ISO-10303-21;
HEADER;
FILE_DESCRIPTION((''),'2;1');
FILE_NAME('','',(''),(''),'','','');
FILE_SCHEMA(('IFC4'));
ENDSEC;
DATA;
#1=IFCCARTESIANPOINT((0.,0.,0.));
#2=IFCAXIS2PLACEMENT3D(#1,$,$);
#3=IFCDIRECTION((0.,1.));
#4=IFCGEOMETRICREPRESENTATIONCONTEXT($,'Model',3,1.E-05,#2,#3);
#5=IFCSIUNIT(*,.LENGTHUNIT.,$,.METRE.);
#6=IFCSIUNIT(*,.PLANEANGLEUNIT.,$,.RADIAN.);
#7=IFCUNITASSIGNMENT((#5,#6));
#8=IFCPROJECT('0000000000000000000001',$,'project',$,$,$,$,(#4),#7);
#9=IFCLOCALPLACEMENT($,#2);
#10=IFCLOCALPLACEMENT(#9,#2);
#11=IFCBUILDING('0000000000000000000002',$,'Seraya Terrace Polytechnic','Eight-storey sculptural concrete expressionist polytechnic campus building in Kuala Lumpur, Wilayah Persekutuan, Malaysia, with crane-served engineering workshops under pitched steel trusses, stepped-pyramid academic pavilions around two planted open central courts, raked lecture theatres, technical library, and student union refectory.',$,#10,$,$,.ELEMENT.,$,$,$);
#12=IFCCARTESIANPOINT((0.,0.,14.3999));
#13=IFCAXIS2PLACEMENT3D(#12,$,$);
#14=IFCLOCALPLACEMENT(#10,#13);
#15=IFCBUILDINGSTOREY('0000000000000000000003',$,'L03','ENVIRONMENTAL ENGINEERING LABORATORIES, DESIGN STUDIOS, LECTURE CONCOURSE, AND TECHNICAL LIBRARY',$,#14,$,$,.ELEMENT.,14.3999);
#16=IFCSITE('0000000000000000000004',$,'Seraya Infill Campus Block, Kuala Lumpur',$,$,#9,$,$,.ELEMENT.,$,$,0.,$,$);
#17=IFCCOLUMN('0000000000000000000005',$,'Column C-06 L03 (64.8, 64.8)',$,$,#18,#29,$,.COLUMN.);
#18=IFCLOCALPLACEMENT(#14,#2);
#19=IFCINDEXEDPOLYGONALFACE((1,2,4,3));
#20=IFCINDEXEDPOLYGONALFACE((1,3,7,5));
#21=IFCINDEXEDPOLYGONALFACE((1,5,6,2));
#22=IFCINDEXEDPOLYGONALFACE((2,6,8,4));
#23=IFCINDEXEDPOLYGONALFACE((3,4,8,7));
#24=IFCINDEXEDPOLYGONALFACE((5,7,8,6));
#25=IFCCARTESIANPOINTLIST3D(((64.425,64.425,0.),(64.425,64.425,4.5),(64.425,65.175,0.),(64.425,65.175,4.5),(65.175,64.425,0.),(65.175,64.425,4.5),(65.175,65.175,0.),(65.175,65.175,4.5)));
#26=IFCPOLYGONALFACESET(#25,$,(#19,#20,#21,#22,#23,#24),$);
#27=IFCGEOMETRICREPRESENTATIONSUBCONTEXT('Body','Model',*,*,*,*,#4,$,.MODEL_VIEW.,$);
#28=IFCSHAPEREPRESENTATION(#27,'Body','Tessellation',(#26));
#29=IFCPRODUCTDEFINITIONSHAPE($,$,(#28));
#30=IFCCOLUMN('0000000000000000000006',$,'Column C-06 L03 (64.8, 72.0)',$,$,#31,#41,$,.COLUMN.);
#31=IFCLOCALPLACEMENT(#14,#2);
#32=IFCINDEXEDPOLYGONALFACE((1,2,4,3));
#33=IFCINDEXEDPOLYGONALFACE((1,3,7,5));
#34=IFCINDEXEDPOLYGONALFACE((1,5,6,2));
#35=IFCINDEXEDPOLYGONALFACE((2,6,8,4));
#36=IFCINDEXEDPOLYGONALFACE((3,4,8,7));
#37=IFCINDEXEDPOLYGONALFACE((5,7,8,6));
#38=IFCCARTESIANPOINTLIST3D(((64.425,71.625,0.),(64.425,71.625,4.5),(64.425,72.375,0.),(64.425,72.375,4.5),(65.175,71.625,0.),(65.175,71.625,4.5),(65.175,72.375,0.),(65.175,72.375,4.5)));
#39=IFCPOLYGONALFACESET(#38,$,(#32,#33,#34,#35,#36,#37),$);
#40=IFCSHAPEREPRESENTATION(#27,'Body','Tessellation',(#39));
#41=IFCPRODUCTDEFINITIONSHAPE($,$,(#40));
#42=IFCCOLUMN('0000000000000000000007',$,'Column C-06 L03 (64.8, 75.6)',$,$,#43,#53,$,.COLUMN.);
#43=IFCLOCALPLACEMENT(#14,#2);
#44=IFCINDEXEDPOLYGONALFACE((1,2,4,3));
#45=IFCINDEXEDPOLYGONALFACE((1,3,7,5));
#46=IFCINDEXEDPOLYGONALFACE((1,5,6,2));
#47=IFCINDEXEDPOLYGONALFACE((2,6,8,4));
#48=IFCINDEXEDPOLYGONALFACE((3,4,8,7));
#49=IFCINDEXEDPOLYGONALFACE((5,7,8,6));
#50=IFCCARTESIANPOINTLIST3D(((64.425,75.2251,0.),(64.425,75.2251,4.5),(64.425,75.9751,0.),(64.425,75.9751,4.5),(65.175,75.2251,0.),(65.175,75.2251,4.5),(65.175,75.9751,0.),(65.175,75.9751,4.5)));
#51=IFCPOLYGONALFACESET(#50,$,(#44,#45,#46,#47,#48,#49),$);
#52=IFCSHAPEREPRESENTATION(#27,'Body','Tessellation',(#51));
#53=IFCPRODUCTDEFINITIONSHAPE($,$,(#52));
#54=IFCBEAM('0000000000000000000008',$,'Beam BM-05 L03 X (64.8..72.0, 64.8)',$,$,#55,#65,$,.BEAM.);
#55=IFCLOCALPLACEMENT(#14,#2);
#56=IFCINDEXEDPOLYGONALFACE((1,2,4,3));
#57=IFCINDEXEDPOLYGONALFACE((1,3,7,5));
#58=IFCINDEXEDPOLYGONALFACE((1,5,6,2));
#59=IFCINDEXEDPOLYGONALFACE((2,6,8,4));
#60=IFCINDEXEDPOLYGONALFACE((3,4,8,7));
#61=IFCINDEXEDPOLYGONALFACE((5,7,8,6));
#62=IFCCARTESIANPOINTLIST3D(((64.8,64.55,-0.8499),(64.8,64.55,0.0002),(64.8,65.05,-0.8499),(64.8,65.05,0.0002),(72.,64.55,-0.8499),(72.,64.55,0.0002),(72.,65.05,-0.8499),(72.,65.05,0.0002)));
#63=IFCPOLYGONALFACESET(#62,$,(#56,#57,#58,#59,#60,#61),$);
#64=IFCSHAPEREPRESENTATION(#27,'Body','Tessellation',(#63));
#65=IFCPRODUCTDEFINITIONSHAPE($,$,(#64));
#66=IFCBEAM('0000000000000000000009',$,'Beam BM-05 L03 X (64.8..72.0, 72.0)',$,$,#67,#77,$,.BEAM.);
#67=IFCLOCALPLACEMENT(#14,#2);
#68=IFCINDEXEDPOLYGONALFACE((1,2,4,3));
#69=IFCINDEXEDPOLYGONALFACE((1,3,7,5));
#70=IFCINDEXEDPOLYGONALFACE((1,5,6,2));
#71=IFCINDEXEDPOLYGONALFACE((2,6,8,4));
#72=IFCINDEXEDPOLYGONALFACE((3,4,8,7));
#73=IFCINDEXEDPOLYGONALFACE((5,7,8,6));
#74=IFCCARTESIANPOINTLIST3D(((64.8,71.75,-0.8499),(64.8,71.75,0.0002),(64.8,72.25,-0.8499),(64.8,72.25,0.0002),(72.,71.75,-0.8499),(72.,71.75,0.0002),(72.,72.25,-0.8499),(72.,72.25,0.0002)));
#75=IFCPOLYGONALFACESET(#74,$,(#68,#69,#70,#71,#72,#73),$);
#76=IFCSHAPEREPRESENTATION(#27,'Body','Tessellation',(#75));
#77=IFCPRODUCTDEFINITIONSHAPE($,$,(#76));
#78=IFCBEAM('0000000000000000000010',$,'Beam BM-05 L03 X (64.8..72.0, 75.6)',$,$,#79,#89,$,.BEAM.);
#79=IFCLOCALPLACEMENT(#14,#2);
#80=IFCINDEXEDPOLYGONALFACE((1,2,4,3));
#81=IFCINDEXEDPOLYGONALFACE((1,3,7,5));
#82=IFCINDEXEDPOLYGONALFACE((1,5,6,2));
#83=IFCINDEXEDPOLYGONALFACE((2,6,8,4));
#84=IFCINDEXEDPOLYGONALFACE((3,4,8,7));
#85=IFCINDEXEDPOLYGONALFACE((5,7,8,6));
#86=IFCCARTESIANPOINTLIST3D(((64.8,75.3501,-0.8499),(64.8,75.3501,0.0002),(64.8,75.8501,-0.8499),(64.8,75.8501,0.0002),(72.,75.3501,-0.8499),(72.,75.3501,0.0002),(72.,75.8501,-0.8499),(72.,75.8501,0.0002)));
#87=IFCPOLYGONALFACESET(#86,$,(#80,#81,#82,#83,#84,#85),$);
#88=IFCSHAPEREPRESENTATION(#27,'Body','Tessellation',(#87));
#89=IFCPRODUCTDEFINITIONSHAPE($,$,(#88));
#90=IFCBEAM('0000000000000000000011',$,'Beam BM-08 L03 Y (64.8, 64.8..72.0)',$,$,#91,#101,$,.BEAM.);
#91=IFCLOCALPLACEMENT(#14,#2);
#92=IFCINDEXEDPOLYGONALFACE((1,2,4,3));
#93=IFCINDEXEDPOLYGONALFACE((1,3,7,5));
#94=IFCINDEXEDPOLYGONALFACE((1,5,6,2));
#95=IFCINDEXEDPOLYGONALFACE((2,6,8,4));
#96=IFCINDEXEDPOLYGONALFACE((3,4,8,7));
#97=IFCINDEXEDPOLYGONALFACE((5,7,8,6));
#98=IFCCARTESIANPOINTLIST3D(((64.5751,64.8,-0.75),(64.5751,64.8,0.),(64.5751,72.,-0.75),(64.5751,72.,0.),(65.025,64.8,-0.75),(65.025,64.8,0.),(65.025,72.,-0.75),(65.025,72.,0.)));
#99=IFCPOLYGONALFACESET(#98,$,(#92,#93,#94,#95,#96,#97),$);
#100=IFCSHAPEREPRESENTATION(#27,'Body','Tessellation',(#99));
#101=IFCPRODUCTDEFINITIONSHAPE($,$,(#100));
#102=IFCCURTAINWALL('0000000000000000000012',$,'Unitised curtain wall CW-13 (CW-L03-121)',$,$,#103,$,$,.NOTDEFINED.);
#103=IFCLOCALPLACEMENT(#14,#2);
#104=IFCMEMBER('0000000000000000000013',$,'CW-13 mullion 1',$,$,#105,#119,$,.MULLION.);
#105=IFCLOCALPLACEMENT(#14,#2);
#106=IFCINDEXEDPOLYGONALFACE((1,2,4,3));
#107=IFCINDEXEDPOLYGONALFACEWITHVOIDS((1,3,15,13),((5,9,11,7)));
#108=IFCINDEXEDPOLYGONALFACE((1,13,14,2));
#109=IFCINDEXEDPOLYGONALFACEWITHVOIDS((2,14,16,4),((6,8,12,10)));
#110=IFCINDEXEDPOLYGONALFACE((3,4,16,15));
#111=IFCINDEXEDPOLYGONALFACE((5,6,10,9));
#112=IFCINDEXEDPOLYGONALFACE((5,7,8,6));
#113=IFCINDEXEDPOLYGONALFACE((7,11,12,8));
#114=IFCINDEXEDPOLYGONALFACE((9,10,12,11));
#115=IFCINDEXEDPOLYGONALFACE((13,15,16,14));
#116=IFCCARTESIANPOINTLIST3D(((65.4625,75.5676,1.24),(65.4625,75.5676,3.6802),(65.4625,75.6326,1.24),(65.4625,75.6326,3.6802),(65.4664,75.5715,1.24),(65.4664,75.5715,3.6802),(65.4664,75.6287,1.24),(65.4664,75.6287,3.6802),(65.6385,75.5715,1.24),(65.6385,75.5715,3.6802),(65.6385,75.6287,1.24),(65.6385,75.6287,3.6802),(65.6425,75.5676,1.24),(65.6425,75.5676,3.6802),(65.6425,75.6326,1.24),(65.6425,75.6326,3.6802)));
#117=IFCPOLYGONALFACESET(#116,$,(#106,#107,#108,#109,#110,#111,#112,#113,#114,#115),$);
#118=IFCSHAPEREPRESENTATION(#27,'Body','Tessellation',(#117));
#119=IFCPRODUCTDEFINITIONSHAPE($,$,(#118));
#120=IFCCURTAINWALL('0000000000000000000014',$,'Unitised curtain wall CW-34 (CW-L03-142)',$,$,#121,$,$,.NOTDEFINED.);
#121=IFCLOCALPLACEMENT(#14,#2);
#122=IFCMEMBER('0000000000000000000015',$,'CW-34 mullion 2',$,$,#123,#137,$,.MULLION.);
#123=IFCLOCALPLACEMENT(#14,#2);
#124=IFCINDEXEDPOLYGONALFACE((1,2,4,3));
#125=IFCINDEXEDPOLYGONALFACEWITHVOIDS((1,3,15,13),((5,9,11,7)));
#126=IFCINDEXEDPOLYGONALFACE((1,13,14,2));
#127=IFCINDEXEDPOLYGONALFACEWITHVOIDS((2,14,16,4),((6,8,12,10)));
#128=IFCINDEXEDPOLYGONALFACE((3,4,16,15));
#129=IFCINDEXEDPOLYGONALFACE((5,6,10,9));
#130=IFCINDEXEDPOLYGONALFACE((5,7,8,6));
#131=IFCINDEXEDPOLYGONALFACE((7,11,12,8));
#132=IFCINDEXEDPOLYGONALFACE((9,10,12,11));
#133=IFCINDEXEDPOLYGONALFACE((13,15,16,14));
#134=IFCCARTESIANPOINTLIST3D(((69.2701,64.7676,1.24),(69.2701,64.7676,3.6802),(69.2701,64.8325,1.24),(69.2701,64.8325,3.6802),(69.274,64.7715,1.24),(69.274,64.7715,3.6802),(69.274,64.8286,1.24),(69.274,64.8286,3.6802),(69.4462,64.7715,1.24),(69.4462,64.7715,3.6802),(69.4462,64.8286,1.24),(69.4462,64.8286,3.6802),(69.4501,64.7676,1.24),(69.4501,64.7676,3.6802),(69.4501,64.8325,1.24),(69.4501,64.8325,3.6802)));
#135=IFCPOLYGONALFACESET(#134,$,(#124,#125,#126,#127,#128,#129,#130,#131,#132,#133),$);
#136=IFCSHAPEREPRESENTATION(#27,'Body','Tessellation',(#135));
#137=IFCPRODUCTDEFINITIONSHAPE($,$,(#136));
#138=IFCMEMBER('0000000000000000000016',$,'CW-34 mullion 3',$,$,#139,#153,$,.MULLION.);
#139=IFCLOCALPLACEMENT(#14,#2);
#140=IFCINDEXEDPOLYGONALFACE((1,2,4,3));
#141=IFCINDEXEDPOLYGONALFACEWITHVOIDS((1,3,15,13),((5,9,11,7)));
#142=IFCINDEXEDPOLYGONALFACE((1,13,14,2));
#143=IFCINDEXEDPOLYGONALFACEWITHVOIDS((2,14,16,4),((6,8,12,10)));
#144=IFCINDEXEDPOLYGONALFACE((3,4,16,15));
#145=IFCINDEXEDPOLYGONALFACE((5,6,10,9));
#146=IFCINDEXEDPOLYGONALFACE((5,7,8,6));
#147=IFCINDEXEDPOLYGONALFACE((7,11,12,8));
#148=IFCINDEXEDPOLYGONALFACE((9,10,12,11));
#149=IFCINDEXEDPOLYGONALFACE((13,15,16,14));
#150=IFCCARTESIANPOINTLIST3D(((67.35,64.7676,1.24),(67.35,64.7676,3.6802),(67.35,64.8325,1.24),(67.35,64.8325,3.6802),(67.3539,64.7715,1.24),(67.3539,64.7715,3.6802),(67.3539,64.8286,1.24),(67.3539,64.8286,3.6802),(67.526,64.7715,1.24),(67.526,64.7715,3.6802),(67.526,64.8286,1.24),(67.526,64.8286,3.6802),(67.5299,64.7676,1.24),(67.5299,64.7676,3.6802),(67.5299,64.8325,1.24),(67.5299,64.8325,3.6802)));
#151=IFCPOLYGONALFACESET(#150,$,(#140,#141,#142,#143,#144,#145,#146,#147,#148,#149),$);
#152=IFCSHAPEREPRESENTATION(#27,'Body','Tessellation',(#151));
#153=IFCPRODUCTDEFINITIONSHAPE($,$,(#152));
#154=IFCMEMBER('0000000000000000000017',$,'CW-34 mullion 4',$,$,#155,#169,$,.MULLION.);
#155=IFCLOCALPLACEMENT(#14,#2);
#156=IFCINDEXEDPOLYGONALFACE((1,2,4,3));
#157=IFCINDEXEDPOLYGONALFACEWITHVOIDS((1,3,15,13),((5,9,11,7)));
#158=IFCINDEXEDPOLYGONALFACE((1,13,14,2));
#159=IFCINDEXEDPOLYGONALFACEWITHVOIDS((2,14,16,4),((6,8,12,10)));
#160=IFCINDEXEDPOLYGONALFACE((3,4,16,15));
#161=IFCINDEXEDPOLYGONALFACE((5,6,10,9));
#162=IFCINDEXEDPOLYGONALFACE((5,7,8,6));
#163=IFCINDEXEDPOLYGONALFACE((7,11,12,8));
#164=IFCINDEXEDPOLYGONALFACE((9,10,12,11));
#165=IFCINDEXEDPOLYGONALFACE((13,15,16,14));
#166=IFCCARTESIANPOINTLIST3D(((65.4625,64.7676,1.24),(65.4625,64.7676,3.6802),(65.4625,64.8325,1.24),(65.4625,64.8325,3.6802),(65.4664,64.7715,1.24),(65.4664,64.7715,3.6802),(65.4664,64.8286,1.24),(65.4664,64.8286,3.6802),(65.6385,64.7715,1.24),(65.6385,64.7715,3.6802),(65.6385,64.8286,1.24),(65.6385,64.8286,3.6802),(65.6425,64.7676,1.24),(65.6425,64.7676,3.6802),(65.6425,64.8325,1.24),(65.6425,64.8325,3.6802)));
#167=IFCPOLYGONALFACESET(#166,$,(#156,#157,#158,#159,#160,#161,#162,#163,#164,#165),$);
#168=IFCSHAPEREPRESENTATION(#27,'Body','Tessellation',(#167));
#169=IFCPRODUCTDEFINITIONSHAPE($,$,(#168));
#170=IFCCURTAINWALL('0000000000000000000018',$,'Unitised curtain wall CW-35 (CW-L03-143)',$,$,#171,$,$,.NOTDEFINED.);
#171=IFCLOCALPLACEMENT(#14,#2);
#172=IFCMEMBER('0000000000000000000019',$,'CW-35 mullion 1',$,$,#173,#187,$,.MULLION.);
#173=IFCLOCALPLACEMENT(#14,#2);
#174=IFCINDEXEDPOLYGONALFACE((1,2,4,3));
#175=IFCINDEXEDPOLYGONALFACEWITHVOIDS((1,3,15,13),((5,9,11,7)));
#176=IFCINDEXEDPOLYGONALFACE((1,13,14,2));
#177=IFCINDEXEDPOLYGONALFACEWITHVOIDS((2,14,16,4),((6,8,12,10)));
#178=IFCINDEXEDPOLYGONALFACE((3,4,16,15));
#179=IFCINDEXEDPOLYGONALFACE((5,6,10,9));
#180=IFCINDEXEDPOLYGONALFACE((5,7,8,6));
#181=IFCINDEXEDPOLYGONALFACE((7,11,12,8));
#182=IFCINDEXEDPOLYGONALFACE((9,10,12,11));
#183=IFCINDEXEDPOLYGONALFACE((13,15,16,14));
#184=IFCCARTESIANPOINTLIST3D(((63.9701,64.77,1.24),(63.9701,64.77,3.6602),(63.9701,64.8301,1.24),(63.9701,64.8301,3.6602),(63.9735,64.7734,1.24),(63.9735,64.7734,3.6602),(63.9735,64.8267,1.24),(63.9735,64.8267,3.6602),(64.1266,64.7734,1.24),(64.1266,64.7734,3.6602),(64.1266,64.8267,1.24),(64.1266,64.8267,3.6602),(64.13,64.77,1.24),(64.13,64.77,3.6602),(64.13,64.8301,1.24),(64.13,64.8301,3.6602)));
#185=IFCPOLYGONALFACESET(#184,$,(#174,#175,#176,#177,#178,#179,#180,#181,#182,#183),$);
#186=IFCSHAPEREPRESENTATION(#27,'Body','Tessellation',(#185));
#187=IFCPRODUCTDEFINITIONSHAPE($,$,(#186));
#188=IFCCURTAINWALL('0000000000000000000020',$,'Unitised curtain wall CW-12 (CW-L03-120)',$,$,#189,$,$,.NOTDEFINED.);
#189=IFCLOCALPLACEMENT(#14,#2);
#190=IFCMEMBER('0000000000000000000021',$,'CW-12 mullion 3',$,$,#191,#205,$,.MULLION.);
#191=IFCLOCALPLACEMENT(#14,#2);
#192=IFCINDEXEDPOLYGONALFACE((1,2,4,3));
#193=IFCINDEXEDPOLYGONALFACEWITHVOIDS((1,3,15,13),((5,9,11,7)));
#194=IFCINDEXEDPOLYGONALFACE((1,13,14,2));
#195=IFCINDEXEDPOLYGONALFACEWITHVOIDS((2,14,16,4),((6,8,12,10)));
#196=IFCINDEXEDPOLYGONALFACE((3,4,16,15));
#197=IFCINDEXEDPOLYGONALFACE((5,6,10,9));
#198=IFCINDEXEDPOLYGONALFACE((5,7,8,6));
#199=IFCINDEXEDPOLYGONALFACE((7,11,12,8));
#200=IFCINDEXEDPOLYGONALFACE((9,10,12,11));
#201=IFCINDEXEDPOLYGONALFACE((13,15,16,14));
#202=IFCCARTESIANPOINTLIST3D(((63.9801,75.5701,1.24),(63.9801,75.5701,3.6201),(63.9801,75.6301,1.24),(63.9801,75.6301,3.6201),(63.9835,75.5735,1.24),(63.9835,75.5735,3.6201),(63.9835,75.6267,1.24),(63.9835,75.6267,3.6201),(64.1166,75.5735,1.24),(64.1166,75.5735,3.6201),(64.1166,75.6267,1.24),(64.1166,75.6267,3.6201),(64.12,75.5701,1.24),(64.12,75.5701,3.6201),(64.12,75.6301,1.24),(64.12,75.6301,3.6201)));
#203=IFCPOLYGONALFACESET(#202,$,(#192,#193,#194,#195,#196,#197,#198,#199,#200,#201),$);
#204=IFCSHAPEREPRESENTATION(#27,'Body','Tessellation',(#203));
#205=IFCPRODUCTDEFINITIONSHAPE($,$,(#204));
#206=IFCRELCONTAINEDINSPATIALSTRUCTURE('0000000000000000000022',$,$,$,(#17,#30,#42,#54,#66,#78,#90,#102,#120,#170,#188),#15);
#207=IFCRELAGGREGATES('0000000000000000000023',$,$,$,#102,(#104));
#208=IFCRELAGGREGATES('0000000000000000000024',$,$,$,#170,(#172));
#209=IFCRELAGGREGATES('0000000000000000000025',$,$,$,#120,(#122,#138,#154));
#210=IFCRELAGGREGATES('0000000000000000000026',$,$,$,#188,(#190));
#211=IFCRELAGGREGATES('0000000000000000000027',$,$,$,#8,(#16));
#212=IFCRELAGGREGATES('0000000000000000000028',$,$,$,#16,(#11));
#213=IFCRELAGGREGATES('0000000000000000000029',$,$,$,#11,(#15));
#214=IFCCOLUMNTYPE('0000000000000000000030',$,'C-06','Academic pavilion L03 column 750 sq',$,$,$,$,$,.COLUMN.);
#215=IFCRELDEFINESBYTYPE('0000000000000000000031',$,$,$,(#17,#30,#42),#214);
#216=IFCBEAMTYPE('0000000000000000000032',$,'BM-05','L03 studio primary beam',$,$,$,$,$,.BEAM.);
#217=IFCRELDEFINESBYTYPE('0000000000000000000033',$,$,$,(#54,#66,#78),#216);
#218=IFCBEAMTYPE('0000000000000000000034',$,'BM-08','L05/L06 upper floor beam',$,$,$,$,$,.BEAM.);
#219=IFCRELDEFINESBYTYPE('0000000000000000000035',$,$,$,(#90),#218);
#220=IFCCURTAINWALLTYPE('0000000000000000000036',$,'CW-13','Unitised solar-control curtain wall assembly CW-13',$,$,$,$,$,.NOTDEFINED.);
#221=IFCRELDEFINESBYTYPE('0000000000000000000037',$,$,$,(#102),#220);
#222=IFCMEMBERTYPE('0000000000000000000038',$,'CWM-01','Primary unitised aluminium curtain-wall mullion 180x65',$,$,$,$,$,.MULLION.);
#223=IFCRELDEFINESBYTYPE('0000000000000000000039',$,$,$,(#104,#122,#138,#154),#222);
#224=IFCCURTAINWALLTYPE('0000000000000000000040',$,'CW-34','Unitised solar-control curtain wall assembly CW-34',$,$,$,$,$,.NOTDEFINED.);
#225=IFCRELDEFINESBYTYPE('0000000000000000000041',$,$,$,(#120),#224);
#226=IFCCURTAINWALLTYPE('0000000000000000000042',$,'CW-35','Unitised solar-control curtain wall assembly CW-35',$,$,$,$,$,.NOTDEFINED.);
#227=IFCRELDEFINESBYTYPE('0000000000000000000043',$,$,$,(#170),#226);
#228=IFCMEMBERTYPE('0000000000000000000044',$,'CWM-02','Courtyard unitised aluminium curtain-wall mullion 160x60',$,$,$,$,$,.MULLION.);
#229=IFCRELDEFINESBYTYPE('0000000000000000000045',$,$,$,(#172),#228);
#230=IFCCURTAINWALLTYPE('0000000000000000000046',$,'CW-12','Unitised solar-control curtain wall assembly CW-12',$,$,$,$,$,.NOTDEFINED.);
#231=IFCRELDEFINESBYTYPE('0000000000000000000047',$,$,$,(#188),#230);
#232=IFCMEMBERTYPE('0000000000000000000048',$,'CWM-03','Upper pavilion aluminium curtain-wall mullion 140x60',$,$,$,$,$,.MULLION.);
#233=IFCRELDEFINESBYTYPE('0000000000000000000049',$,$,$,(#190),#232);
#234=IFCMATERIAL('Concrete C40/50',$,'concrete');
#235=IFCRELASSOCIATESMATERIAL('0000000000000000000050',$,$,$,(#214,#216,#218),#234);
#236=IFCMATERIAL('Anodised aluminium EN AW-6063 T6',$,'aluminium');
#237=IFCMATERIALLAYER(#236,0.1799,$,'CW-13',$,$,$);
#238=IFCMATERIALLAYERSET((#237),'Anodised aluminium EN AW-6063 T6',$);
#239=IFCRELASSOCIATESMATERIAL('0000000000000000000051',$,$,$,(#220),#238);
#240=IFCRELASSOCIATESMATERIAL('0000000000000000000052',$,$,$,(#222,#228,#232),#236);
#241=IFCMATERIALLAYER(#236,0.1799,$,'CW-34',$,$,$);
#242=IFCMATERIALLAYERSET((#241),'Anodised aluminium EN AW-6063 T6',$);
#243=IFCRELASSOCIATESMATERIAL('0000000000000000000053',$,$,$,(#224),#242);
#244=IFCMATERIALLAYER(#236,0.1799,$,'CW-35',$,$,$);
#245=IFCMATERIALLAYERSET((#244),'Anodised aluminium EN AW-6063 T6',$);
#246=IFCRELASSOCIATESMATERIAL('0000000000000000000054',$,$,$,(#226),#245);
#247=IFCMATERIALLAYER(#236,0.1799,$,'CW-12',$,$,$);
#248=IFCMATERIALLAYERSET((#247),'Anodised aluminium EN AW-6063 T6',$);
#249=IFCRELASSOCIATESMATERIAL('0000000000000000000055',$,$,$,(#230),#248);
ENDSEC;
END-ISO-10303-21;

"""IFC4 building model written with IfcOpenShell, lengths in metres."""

from ifc_helpers import new_model, si_unit, direction, frame, origin, origin_2d, place, context, subcontext, project, spatial, rectangle, hollow_rectangle, extrude, material, layer, layer_set, material_profile, profile_set, type_object, element, aggregate, save


model = new_model("IFC4")

# Units and contexts
model_context = context("Model", 3, precision=1e-05, world=origin(), true_north=direction((0.0, 1.0)))
body_context = subcontext(model_context, "Body", "Model", "MODEL_VIEW")
ifc_project = project(units=[si_unit("LENGTHUNIT", "METRE"), si_unit("PLANEANGLEUNIT", "RADIAN")], contexts=[model_context])

# Site, building, storey
site_placement = place(None, origin())
site = spatial("IfcSite", under=ifc_project, at=site_placement, Name="Seraya Infill Campus Block, Kuala Lumpur", CompositionType="ELEMENT", RefElevation=0.0)
building_placement = place(site_placement, origin())
building = spatial("IfcBuilding", under=site, at=building_placement, Name="Seraya Terrace Polytechnic", Description="Eight-storey sculptural concrete expressionist polytechnic campus building in Kuala Lumpur, Wilayah Persekutuan, Malaysia, with crane-served engineering workshops under pitched steel trusses, stepped-pyramid academic pavilions around two planted open central courts, raked lecture theatres, technical library, and student union refectory.", CompositionType="ELEMENT")
storey_placement = place(building_placement, frame((0.0, 0.0, 14.3999)))
storey = spatial("IfcBuildingStorey", under=building, at=storey_placement, Name="L03", Description="ENVIRONMENTAL ENGINEERING LABORATORIES, DESIGN STUDIOS, LECTURE CONCOURSE, AND TECHNICAL LIBRARY", CompositionType="ELEMENT", Elevation=14.3999)

# Columns
ifc_material_1 = material(Name="Concrete C40/50", Category="concrete")
ifc_material_profile_1 = material_profile(ifc_material_1, rectangle(XDim=0.75, YDim=0.75, at=origin_2d()), Name="RC 750x750")
ifc_profile_set_1 = profile_set([ifc_material_profile_1], Name="Concrete C40/50")
column_type = type_object("IfcColumnType", Name="C-06", Description="Academic pavilion L03 column 750 sq", PredefinedType="COLUMN", material=ifc_profile_set_1)
for number, where, z_axis, x_axis, name in (
    (1, (64.8, 64.8, 0.0), (0.0, 0.0, 1.0), (1.0, 0.0, 0.0), "Column C-06 L03 (64.8, 64.8)"),
    (2, (64.8, 72.0, 0.0), (0.0, 0.0, 1.0), (1.0, 0.0, 0.0), "Column C-06 L03 (64.8, 72.0)"),
    (3, (64.8, 75.6001, 0.0), (0.0, 0.0, 1.0), (1.0, 0.0, 0.0), "Column C-06 L03 (64.8, 75.6)"),
):
    element("IfcColumn", number, at=place(storey_placement, frame(where, z_axis=z_axis, x_axis=x_axis)), inside=storey, type_object=column_type, Name=name, PredefinedType="COLUMN", context=body_context, shape_type="SweptSolid", body=[
        extrude(rectangle(XDim=0.75, YDim=0.75, at=origin_2d()), origin(), (0.0, 0.0, 1.0), 4.5),
    ])

# Beams
ifc_material_profile_2 = material_profile(ifc_material_1, rectangle(XDim=0.5, YDim=0.8501, at=origin_2d()), Name="RC 500x850")
ifc_profile_set_2 = profile_set([ifc_material_profile_2], Name="Concrete C40/50")
beam_type_1 = type_object("IfcBeamType", Name="BM-05", Description="L03 studio primary beam", PredefinedType="BEAM", material=ifc_profile_set_2)
for number, where, z_axis, x_axis, name in (
    (4, (64.8, 64.8, -0.4248), (1.0, 0.0, 0.0), (0.0, 1.0, 0.0), "Beam BM-05 L03 X (64.8..72.0, 64.8)"),
    (5, (64.8, 72.0, -0.4248), (1.0, 0.0, 0.0), (0.0, 1.0, 0.0), "Beam BM-05 L03 X (64.8..72.0, 72.0)"),
    (6, (64.8, 75.6001, -0.4248), (1.0, 0.0, 0.0), (0.0, 1.0, 0.0), "Beam BM-05 L03 X (64.8..72.0, 75.6)"),
):
    element("IfcBeam", number, at=place(storey_placement, frame(where, z_axis=z_axis, x_axis=x_axis)), inside=storey, type_object=beam_type_1, Name=name, PredefinedType="BEAM", context=body_context, shape_type="SweptSolid", body=[
        extrude(rectangle(XDim=0.5, YDim=0.8501, at=origin_2d()), origin(), (0.0, 0.0, 1.0), 7.2),
    ])
ifc_material_profile_3 = material_profile(ifc_material_1, rectangle(XDim=0.45, YDim=0.75, at=origin_2d()), Name="RC 450x750")
ifc_profile_set_3 = profile_set([ifc_material_profile_3], Name="Concrete C40/50")
beam_type_2 = type_object("IfcBeamType", Name="BM-08", Description="L05/L06 upper floor beam", PredefinedType="BEAM", material=ifc_profile_set_3)
beam_1_placement = place(storey_placement, frame((64.8, 64.8, -0.375), z_axis=(0.0, 1.0, 0.0), x_axis=(-1.0, 0.0, 0.0)))
element("IfcBeam", 7, at=beam_1_placement, inside=storey, type_object=beam_type_2, Name="Beam BM-08 L03 Y (64.8, 64.8..72.0)", PredefinedType="BEAM", context=body_context, shape_type="SweptSolid", body=[
    extrude(rectangle(XDim=0.45, YDim=0.75, at=origin_2d()), origin(), (0.0, 0.0, 1.0), 7.2),
])

# Curtain wall, member
ifc_material_2 = material(Name="Anodised aluminium EN AW-6063 T6", Category="aluminium")
ifc_layer_1 = layer(ifc_material_2, 0.1799, Name="CW-13")
ifc_layer_set_1 = layer_set([ifc_layer_1], Name="Anodised aluminium EN AW-6063 T6")
curtain_wall_type_1 = type_object("IfcCurtainWallType", Name="CW-13", Description="Unitised solar-control curtain wall assembly CW-13", PredefinedType="NOTDEFINED", material=ifc_layer_set_1)
curtain_wall_1_placement = place(storey_placement, origin())
curtain_wall_1 = element("IfcCurtainWall", 8, at=curtain_wall_1_placement, inside=storey, type_object=curtain_wall_type_1, Name="Unitised curtain wall CW-13 (CW-L03-121)", PredefinedType="NOTDEFINED")
ifc_material_profile_4 = material_profile(ifc_material_2, hollow_rectangle(XDim=0.0649, YDim=0.1799, WallThickness=0.0039, at=origin_2d()), Name="RHS 180x65x4.0")
ifc_profile_set_4 = profile_set([ifc_material_profile_4], Name="Anodised aluminium EN AW-6063 T6")
member_type_1 = type_object("IfcMemberType", Name="CWM-01", Description="Primary unitised aluminium curtain-wall mullion 180x65", PredefinedType="MULLION", material=ifc_profile_set_4)
member_1_placement = place(storey_placement, frame((65.5525, 75.6001, 1.24), z_axis=(0.0, 0.0, 1.0), x_axis=(0.0, 1.0, 0.0)))
member_1 = element("IfcMember", 9, at=member_1_placement, type_object=member_type_1, Name="CW-13 mullion 1", PredefinedType="MULLION", context=body_context, shape_type="SweptSolid", body=[
    extrude(hollow_rectangle(XDim=0.0649, YDim=0.1799, WallThickness=0.0039, at=origin_2d()), origin(), (0.0, 0.0, 1.0), 2.4402),
])

# Curtain wall, members
ifc_layer_2 = layer(ifc_material_2, 0.1799, Name="CW-34")
ifc_layer_set_2 = layer_set([ifc_layer_2], Name="Anodised aluminium EN AW-6063 T6")
curtain_wall_type_2 = type_object("IfcCurtainWallType", Name="CW-34", Description="Unitised solar-control curtain wall assembly CW-34", PredefinedType="NOTDEFINED", material=ifc_layer_set_2)
curtain_wall_2_placement = place(storey_placement, origin())
curtain_wall_2 = element("IfcCurtainWall", 10, at=curtain_wall_2_placement, inside=storey, type_object=curtain_wall_type_2, Name="Unitised curtain wall CW-34 (CW-L03-142)", PredefinedType="NOTDEFINED")
member_2_placement = place(storey_placement, frame((69.3601, 64.8, 1.24), z_axis=(0.0, 0.0, 1.0), x_axis=(0.0, -1.0, 0.0)))
member_2 = element("IfcMember", 11, at=member_2_placement, type_object=member_type_1, Name="CW-34 mullion 2", PredefinedType="MULLION", context=body_context, shape_type="SweptSolid", body=[
    extrude(hollow_rectangle(XDim=0.0649, YDim=0.1799, WallThickness=0.0039, at=origin_2d()), origin(), (0.0, 0.0, 1.0), 2.4402),
])
member_3_placement = place(storey_placement, frame((67.4399, 64.8, 1.24), z_axis=(0.0, 0.0, 1.0), x_axis=(0.0, -1.0, 0.0)))
member_3 = element("IfcMember", 12, at=member_3_placement, type_object=member_type_1, Name="CW-34 mullion 3", PredefinedType="MULLION", context=body_context, shape_type="SweptSolid", body=[
    extrude(hollow_rectangle(XDim=0.0649, YDim=0.1799, WallThickness=0.0039, at=origin_2d()), origin(), (0.0, 0.0, 1.0), 2.4402),
])
member_4_placement = place(storey_placement, frame((65.5525, 64.8, 1.24), z_axis=(0.0, 0.0, 1.0), x_axis=(0.0, -1.0, 0.0)))
member_4 = element("IfcMember", 13, at=member_4_placement, type_object=member_type_1, Name="CW-34 mullion 4", PredefinedType="MULLION", context=body_context, shape_type="SweptSolid", body=[
    extrude(hollow_rectangle(XDim=0.0649, YDim=0.1799, WallThickness=0.0039, at=origin_2d()), origin(), (0.0, 0.0, 1.0), 2.4402),
])

# Curtain walls, members
ifc_layer_3 = layer(ifc_material_2, 0.1799, Name="CW-35")
ifc_layer_set_3 = layer_set([ifc_layer_3], Name="Anodised aluminium EN AW-6063 T6")
curtain_wall_type_3 = type_object("IfcCurtainWallType", Name="CW-35", Description="Unitised solar-control curtain wall assembly CW-35", PredefinedType="NOTDEFINED", material=ifc_layer_set_3)
curtain_wall_3_placement = place(storey_placement, origin())
curtain_wall_3 = element("IfcCurtainWall", 14, at=curtain_wall_3_placement, inside=storey, type_object=curtain_wall_type_3, Name="Unitised curtain wall CW-35 (CW-L03-143)", PredefinedType="NOTDEFINED")
ifc_material_profile_5 = material_profile(ifc_material_2, hollow_rectangle(XDim=0.0601, YDim=0.1599, WallThickness=0.0034, at=origin_2d()), Name="RHS 160x60x3.5")
ifc_profile_set_5 = profile_set([ifc_material_profile_5], Name="Anodised aluminium EN AW-6063 T6")
member_type_2 = type_object("IfcMemberType", Name="CWM-02", Description="Courtyard unitised aluminium curtain-wall mullion 160x60", PredefinedType="MULLION", material=ifc_profile_set_5)
member_5_placement = place(storey_placement, frame((64.05, 64.8, 1.24), z_axis=(0.0, 0.0, 1.0), x_axis=(0.0, -1.0, 0.0)))
member_5 = element("IfcMember", 15, at=member_5_placement, type_object=member_type_2, Name="CW-35 mullion 1", PredefinedType="MULLION", context=body_context, shape_type="SweptSolid", body=[
    extrude(hollow_rectangle(XDim=0.0601, YDim=0.1599, WallThickness=0.0034, at=origin_2d()), origin(), (0.0, 0.0, 1.0), 2.4202),
])
ifc_layer_4 = layer(ifc_material_2, 0.1799, Name="CW-12")
ifc_layer_set_4 = layer_set([ifc_layer_4], Name="Anodised aluminium EN AW-6063 T6")
curtain_wall_type_4 = type_object("IfcCurtainWallType", Name="CW-12", Description="Unitised solar-control curtain wall assembly CW-12", PredefinedType="NOTDEFINED", material=ifc_layer_set_4)
curtain_wall_4_placement = place(storey_placement, origin())
curtain_wall_4 = element("IfcCurtainWall", 16, at=curtain_wall_4_placement, inside=storey, type_object=curtain_wall_type_4, Name="Unitised curtain wall CW-12 (CW-L03-120)", PredefinedType="NOTDEFINED")
ifc_material_profile_6 = material_profile(ifc_material_2, hollow_rectangle(XDim=0.0601, YDim=0.1399, WallThickness=0.0034, at=origin_2d()), Name="RHS 140x60x3.5")
ifc_profile_set_6 = profile_set([ifc_material_profile_6], Name="Anodised aluminium EN AW-6063 T6")
member_type_3 = type_object("IfcMemberType", Name="CWM-03", Description="Upper pavilion aluminium curtain-wall mullion 140x60", PredefinedType="MULLION", material=ifc_profile_set_6)
member_6_placement = place(storey_placement, frame((64.05, 75.6001, 1.24), z_axis=(0.0, 0.0, 1.0), x_axis=(0.0, 1.0, 0.0)))
member_6 = element("IfcMember", 17, at=member_6_placement, type_object=member_type_3, Name="CW-12 mullion 3", PredefinedType="MULLION", context=body_context, shape_type="SweptSolid", body=[
    extrude(hollow_rectangle(XDim=0.0601, YDim=0.1399, WallThickness=0.0034, at=origin_2d()), origin(), (0.0, 0.0, 1.0), 2.3801),
])

aggregate(curtain_wall_1, [member_1])
aggregate(curtain_wall_3, [member_5])

aggregate(curtain_wall_2, [member_2, member_3, member_4])
aggregate(curtain_wall_4, [member_6])

save(model, "model.ifc")
